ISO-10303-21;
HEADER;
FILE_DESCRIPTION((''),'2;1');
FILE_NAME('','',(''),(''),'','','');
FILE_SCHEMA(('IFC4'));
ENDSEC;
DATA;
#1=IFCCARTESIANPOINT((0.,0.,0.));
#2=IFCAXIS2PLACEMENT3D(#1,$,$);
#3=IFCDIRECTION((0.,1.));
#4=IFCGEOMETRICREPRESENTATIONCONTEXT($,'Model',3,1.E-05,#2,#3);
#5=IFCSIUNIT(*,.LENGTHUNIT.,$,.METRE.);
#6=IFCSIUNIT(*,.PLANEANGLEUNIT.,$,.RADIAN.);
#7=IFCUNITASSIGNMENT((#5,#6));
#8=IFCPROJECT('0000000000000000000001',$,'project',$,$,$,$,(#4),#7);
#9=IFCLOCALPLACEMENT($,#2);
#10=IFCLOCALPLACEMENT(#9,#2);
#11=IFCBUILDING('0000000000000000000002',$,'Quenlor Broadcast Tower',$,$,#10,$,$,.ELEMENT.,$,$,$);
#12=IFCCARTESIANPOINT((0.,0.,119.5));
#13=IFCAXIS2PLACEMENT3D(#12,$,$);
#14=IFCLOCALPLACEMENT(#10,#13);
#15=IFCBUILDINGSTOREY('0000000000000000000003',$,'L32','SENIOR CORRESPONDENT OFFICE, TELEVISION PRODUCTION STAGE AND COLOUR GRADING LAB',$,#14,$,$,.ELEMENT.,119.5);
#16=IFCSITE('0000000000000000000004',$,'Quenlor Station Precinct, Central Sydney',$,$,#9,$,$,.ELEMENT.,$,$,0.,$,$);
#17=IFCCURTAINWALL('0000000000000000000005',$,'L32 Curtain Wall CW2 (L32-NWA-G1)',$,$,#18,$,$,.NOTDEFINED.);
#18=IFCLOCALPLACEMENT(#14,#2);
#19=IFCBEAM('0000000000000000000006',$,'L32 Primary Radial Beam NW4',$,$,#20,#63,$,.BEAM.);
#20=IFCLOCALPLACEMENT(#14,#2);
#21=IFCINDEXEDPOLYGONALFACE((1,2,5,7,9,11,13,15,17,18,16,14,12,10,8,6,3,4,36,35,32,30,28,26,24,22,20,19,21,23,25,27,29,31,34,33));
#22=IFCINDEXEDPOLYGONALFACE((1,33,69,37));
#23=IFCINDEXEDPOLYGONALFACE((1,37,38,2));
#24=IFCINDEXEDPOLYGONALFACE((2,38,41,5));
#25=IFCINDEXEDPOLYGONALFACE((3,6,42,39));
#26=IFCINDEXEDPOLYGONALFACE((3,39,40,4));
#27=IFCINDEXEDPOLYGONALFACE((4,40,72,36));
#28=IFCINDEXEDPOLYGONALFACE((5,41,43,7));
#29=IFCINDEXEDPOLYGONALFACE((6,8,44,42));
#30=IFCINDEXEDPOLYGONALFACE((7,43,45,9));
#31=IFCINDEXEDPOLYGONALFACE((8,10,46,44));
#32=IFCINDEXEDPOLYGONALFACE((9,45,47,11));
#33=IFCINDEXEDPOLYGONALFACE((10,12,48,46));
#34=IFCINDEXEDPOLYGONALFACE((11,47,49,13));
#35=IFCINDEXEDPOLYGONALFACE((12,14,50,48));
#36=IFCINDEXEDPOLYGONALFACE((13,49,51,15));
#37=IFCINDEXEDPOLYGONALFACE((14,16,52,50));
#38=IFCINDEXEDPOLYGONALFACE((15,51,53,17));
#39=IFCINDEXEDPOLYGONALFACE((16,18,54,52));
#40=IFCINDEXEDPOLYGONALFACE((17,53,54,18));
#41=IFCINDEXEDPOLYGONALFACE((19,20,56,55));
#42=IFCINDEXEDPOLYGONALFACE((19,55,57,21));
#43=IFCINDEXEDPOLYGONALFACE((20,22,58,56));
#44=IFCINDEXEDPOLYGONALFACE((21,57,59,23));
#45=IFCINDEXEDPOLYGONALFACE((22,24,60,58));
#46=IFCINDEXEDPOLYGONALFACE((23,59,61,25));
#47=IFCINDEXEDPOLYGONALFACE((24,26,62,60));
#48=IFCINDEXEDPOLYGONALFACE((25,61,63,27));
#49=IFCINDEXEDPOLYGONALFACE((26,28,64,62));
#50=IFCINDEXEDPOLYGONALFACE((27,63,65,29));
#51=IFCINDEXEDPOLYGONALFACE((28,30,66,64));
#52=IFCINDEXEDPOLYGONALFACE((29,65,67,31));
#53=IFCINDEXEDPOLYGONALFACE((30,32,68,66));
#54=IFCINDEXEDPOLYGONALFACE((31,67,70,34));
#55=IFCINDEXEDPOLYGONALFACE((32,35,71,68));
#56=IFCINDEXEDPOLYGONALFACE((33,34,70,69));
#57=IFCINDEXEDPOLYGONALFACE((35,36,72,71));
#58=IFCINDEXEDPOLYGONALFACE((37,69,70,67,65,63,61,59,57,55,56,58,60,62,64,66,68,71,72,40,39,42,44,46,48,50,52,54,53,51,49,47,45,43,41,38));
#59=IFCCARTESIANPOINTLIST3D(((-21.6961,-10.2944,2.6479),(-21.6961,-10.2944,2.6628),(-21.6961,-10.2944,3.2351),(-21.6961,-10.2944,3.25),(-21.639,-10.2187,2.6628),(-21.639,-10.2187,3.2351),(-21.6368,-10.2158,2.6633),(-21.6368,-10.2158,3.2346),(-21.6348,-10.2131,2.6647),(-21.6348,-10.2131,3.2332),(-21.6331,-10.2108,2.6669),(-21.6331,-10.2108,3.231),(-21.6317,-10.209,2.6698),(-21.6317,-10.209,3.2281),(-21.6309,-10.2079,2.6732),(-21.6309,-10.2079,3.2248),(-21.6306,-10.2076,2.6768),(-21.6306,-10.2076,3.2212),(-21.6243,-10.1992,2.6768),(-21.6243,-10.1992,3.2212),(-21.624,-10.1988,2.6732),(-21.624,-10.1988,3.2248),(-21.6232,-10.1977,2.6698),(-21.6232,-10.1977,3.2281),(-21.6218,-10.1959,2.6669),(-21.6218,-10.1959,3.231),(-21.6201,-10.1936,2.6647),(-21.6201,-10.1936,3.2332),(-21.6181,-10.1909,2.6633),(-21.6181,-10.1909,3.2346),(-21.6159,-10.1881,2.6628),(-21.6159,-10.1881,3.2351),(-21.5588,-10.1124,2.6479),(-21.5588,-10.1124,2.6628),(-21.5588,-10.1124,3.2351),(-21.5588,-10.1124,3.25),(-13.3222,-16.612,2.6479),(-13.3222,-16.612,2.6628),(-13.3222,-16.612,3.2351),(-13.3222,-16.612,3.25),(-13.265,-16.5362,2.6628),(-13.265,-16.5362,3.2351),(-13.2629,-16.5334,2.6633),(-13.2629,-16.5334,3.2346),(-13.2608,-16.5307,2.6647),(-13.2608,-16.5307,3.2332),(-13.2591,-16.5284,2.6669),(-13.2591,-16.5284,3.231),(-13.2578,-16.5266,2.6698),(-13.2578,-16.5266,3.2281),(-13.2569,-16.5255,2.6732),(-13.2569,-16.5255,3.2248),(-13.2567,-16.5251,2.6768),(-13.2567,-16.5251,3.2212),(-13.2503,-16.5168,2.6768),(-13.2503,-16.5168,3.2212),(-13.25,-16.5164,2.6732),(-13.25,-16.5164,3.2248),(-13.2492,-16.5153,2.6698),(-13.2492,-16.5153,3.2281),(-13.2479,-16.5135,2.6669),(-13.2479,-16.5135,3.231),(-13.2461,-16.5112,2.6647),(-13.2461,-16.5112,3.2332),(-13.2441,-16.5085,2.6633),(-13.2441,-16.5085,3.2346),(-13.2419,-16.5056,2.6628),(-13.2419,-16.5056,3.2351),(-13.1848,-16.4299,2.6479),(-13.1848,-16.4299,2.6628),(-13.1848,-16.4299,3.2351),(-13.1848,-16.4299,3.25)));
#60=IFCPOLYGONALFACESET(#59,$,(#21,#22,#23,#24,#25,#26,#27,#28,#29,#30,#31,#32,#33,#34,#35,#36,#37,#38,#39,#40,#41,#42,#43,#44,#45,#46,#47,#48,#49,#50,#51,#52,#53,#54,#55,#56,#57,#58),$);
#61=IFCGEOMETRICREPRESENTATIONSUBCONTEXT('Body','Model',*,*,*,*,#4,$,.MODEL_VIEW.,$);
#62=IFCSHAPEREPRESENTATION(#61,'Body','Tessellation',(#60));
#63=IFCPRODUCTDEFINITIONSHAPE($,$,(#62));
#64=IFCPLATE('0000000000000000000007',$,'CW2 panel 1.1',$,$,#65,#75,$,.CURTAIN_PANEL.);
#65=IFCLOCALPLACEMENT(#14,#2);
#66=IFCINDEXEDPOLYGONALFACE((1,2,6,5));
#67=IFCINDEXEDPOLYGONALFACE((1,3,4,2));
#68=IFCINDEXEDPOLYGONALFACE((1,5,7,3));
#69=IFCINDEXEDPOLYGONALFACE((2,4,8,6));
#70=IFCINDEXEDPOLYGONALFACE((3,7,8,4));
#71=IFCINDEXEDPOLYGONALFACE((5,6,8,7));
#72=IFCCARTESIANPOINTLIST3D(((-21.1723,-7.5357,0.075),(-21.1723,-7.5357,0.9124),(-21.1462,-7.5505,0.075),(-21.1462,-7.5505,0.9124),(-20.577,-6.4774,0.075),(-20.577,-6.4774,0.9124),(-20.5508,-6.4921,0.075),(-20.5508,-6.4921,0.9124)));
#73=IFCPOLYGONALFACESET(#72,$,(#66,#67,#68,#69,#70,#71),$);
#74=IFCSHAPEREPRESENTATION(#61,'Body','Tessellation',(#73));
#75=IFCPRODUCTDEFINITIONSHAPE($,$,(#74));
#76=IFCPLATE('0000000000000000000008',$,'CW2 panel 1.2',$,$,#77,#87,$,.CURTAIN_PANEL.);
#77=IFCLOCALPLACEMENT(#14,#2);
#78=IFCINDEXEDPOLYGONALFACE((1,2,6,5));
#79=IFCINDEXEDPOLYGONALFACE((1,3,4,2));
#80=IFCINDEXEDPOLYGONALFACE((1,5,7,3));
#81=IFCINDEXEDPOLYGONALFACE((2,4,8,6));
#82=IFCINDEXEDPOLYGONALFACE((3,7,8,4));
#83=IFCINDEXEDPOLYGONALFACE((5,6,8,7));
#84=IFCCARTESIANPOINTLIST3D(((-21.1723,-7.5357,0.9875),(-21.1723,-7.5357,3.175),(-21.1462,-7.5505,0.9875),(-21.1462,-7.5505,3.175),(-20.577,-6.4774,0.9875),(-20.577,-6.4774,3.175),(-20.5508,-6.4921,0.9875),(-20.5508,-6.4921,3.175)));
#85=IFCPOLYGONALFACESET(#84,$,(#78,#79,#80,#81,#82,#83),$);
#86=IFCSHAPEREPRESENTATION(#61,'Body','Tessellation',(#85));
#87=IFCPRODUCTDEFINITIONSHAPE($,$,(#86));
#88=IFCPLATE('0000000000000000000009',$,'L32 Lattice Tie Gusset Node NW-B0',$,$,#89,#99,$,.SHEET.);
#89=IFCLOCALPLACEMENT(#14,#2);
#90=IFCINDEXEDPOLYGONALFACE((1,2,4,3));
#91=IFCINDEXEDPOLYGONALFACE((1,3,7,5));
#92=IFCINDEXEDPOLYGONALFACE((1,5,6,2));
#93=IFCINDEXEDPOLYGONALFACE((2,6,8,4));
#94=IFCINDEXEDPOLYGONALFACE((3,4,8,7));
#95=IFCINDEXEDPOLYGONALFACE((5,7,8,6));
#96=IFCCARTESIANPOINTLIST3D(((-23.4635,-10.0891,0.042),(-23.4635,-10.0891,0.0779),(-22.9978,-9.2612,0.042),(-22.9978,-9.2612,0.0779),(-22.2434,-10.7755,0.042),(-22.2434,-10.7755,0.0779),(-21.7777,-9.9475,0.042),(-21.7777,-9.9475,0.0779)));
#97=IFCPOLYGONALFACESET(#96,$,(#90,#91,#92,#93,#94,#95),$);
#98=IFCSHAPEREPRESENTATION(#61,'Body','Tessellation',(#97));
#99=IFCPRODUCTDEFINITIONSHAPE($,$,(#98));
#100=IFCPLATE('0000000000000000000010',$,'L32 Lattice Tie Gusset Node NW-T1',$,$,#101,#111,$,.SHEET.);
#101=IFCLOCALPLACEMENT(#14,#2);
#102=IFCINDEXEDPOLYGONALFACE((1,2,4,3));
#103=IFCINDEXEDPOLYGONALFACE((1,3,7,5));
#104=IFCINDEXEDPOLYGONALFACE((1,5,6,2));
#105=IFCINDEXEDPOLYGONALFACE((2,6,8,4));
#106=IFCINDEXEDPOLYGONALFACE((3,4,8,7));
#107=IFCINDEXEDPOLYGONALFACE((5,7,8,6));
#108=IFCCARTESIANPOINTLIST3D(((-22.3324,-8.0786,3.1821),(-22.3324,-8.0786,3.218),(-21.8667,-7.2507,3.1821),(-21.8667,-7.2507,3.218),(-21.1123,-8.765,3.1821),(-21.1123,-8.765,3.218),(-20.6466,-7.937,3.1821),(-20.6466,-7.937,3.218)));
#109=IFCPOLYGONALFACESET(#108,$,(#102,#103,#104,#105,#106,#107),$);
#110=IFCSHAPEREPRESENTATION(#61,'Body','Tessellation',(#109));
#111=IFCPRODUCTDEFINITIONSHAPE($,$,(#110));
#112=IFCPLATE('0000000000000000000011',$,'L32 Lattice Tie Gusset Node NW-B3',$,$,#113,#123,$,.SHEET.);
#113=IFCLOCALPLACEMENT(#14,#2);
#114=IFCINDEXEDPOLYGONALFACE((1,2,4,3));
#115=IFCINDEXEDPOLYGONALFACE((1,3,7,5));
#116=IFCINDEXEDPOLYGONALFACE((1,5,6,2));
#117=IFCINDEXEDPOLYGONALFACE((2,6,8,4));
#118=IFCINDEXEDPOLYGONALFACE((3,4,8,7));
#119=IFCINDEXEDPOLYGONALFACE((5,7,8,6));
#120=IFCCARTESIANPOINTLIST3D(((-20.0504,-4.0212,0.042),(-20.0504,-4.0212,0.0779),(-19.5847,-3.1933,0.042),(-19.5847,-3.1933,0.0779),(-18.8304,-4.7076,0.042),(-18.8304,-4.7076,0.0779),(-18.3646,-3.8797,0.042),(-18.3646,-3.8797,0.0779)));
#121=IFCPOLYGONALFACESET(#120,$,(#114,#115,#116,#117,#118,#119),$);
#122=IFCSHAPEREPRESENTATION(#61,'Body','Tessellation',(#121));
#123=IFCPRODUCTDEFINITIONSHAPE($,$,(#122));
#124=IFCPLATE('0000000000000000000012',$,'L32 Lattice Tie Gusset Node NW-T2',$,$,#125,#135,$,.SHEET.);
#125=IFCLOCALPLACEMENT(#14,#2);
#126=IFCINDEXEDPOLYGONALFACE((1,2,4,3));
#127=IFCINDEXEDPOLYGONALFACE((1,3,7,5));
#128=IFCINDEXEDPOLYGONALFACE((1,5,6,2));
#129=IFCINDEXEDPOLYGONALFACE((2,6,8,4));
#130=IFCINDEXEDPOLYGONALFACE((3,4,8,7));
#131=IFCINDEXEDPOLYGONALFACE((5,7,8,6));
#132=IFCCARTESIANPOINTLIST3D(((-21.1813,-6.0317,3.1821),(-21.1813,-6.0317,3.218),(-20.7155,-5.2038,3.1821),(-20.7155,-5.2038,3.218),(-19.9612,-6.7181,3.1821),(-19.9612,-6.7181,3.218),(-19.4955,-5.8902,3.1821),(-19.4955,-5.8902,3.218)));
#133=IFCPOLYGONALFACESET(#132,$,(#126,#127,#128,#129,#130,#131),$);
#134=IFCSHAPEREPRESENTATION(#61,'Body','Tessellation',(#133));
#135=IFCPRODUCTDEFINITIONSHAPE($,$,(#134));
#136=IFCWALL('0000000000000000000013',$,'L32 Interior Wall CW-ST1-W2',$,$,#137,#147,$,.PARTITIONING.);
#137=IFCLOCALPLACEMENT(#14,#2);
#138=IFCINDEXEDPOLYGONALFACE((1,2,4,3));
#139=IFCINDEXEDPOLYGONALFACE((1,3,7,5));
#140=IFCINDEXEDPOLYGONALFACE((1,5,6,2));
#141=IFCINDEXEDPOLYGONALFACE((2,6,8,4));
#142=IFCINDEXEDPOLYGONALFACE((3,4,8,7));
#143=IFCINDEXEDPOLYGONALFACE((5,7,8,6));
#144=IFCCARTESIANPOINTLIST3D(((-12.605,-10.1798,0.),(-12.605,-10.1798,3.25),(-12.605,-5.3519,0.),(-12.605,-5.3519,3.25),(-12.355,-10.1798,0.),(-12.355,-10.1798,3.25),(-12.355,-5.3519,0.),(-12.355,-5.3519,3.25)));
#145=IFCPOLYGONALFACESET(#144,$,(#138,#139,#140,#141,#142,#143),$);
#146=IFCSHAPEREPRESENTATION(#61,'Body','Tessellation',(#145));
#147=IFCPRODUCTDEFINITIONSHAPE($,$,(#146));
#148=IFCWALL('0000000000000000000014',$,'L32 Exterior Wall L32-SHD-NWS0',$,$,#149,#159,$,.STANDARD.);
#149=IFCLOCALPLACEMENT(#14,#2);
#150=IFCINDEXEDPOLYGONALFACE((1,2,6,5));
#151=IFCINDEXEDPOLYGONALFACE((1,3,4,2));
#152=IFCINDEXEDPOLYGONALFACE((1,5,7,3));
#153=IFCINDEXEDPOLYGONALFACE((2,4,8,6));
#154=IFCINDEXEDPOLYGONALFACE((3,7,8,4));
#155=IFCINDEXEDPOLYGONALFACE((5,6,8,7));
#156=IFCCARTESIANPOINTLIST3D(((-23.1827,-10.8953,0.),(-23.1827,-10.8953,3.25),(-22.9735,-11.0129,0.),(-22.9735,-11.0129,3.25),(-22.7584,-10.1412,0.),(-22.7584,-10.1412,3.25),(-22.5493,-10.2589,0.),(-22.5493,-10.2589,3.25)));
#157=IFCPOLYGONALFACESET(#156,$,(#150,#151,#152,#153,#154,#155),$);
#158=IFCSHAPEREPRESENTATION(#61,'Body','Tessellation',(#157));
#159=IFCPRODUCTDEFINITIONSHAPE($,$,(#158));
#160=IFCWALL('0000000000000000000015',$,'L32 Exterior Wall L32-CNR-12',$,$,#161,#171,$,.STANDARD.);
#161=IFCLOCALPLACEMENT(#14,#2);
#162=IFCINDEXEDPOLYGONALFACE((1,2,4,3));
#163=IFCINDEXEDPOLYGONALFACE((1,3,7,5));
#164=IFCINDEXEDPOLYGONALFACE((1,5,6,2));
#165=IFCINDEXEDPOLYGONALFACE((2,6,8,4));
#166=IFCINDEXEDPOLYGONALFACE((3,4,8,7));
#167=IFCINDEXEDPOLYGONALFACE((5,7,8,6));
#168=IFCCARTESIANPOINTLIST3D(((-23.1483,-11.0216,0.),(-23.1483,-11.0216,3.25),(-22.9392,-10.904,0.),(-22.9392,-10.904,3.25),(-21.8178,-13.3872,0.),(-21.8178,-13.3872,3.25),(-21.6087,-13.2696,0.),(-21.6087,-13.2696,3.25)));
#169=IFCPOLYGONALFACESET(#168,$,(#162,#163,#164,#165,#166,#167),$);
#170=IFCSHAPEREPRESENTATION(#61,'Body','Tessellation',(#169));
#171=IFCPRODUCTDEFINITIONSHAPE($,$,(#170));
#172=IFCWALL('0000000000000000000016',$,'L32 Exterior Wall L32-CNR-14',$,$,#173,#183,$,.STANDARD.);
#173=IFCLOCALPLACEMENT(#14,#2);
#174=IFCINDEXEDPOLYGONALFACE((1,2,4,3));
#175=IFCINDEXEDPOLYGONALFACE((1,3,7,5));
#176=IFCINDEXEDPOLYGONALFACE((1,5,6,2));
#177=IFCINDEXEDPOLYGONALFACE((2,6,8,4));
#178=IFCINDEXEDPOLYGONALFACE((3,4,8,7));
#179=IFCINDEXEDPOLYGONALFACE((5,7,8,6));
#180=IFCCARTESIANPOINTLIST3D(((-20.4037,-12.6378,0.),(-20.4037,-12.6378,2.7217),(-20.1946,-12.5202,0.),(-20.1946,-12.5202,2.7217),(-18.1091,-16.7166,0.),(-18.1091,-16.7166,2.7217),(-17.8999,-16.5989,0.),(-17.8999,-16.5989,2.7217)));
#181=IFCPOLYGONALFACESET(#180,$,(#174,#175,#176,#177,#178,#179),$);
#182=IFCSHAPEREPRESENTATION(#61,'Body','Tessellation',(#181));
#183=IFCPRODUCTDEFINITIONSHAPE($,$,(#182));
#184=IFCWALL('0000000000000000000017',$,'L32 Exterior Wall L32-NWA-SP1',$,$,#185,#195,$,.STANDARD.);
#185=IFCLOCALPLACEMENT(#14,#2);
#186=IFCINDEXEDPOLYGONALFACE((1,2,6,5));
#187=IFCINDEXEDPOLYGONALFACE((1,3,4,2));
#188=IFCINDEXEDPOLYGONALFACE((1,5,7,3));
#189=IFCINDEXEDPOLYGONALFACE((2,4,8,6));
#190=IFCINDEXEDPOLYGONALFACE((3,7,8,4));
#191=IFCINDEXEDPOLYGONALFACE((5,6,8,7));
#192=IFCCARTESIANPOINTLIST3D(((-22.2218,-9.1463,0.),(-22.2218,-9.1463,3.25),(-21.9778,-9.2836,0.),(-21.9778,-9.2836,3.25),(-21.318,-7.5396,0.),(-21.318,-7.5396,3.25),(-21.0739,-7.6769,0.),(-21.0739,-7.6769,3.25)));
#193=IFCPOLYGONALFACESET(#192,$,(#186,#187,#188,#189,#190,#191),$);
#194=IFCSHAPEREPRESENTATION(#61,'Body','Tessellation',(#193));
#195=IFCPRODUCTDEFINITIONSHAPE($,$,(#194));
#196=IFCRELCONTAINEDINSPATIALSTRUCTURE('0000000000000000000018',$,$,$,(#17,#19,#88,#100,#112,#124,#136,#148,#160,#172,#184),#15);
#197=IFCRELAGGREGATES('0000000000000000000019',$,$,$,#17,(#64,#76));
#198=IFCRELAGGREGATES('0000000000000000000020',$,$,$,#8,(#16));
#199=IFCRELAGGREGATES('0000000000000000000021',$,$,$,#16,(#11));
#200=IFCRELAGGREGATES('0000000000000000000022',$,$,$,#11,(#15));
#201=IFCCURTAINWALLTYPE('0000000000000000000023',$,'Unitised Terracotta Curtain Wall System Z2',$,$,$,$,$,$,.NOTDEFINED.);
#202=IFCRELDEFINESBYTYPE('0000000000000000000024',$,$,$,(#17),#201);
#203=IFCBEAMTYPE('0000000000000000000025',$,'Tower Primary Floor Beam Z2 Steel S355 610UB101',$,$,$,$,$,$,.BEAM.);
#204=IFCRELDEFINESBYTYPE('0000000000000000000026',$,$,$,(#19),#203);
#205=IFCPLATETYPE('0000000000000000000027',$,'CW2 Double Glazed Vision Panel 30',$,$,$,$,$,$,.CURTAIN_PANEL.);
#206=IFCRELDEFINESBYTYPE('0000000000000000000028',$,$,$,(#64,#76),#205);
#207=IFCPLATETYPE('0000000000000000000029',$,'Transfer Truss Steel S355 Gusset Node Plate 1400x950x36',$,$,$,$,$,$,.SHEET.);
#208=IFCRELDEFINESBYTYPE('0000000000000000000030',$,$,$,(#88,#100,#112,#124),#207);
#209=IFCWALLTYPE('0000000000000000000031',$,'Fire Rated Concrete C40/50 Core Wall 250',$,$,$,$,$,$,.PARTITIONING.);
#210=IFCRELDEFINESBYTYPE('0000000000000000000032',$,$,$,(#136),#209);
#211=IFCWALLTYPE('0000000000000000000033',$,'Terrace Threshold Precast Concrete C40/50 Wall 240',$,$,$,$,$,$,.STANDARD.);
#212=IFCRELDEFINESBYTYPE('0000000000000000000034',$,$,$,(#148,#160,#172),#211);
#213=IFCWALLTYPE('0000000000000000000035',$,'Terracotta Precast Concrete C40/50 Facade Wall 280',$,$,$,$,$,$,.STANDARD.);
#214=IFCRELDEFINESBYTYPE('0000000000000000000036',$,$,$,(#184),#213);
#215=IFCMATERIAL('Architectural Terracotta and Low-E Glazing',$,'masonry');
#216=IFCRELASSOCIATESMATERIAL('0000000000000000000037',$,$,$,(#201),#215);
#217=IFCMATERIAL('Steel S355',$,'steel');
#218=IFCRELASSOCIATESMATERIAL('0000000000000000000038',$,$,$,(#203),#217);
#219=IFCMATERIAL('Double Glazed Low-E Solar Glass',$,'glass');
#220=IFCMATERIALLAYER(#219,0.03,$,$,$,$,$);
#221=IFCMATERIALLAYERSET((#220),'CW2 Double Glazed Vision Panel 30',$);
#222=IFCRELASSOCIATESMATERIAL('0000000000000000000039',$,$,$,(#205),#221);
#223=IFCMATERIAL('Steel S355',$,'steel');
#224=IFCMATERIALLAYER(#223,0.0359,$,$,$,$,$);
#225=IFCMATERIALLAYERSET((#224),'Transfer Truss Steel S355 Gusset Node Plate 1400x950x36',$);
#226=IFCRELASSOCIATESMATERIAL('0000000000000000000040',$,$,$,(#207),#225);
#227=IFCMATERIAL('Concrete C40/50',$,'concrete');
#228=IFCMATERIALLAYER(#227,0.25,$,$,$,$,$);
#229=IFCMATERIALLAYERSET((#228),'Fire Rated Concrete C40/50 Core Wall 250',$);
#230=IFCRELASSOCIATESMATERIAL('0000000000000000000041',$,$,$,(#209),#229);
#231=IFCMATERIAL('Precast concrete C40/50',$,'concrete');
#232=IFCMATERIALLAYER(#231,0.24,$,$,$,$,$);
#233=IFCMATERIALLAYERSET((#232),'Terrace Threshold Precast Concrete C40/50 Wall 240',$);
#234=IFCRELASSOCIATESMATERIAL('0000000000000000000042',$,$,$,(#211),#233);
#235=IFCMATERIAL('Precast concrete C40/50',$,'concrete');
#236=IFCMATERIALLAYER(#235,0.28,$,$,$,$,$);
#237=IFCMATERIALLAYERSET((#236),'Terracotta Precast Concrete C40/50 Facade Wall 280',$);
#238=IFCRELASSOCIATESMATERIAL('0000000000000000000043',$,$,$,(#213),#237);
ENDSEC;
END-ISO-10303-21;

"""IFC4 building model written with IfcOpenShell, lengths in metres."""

from ifc_helpers import new_model, si_unit, direction, frame, frame_2d, origin, origin_2d, place, context, subcontext, project, spatial, rectangle, i_section, extrude, material, layer, layer_set, material_profile, profile_set, type_object, element, aggregate, save


model = new_model("IFC4")

# Units and contexts
model_context = context("Model", 3, precision=1e-05, world=origin(), true_north=direction((0.0, 1.0)))
body_context = subcontext(model_context, "Body", "Model", "MODEL_VIEW")
ifc_project = project(units=[si_unit("LENGTHUNIT", "METRE"), si_unit("PLANEANGLEUNIT", "RADIAN")], contexts=[model_context])

# Site, building, storey
site_placement = place(None, origin())
site = spatial("IfcSite", under=ifc_project, at=site_placement, Name="Quenlor Station Precinct, Central Sydney", CompositionType="ELEMENT", RefElevation=0.0)
building_placement = place(site_placement, origin())
building = spatial("IfcBuilding", under=site, at=building_placement, Name="Quenlor Broadcast Tower", CompositionType="ELEMENT")
storey_placement = place(building_placement, frame((0.0, 0.0, 119.5)))
storey = spatial("IfcBuildingStorey", under=building, at=storey_placement, Name="L32", Description="SENIOR CORRESPONDENT OFFICE, TELEVISION PRODUCTION STAGE AND COLOUR GRADING LAB", CompositionType="ELEMENT", Elevation=119.5)

# Curtain wall
ifc_material_1 = material(Name="Architectural Terracotta and Low-E Glazing", Category="masonry")
curtain_wall_type = type_object("IfcCurtainWallType", Name="Unitised Terracotta Curtain Wall System Z2", PredefinedType="NOTDEFINED", material=ifc_material_1)
curtain_wall_placement = place(storey_placement, origin())
curtain_wall = element("IfcCurtainWall", 1, at=curtain_wall_placement, inside=storey, type_object=curtain_wall_type, Name="L32 Curtain Wall CW2 (L32-NWA-G1)", PredefinedType="NOTDEFINED")

# Beam
ifc_material_2 = material(Name="Steel S355", Category="steel")
ifc_material_profile_1 = material_profile(ifc_material_2, i_section(OverallWidth=0.228, OverallDepth=0.6021, WebThickness=0.0105, FlangeThickness=0.0149, FilletRadius=0.0139, at=origin_2d()))
ifc_profile_set_1 = profile_set([ifc_material_profile_1], Name="Steel S355 610UB101")
beam_type_1 = type_object("IfcBeamType", Name="Tower Primary Floor Beam Z2 Steel S355 610UB101", PredefinedType="BEAM", material=ifc_profile_set_1)
beam_1_placement = place(storey_placement, frame((-21.6274, -10.2034, 2.949), z_axis=(0.798299, -0.602262, 0.0), x_axis=(0.602262, 0.798299, 0.0)))
element("IfcBeam", 2, at=beam_1_placement, inside=storey, type_object=beam_type_1, Name="L32 Primary Radial Beam NW4", PredefinedType="BEAM", context=body_context, shape_type="SweptSolid", body=[
    extrude(i_section(OverallWidth=0.228, OverallDepth=0.6021, WebThickness=0.0105, FlangeThickness=0.0149, FilletRadius=0.0139, at=origin_2d()), origin(), (0.0, 0.0, 1.0), 10.4897),
])

# Plates
ifc_material_3 = material(Name="Double Glazed Low-E Solar Glass", Category="glass")
ifc_layer_1 = layer(ifc_material_3, 0.03)
ifc_layer_set_1 = layer_set([ifc_layer_1], Name="CW2 Double Glazed Vision Panel 30")
plate_type_1 = type_object("IfcPlateType", Name="CW2 Double Glazed Vision Panel 30", PredefinedType="CURTAIN_PANEL", material=ifc_layer_set_1)
plate_1_placement = place(storey_placement, frame((-20.8616, -7.0139, 0.075), z_axis=(0.0, 0.0, 1.0), x_axis=(0.490279, 0.871566, 0.0)))
plate_1 = element("IfcPlate", 3, at=plate_1_placement, type_object=plate_type_1, Name="CW2 panel 1.1", PredefinedType="CURTAIN_PANEL", context=body_context, shape_type="SweptSolid", body=[
    extrude(rectangle(XDim=1.2144, YDim=0.03, at=origin_2d()), origin(), (0.0, 0.0, 1.0), 0.8374),
])
plate_2_placement = place(storey_placement, frame((-20.8616, -7.0139, 0.9875), z_axis=(0.0, 0.0, 1.0), x_axis=(0.490279, 0.871566, 0.0)))
plate_2 = element("IfcPlate", 4, at=plate_2_placement, type_object=plate_type_1, Name="CW2 panel 1.2", PredefinedType="CURTAIN_PANEL", context=body_context, shape_type="SweptSolid", body=[
    extrude(rectangle(XDim=1.2144, YDim=0.03, at=origin_2d()), origin(), (0.0, 0.0, 1.0), 2.1875),
])
aggregate(curtain_wall, [plate_1, plate_2])

# Plates
ifc_material_4 = material(Name="Steel S355", Category="steel")
ifc_layer_2 = layer(ifc_material_4, 0.0359)
ifc_layer_set_2 = layer_set([ifc_layer_2], Name="Transfer Truss Steel S355 Gusset Node Plate 1400x950x36")
plate_type_2 = type_object("IfcPlateType", Name="Transfer Truss Steel S355 Gusset Node Plate 1400x950x36", PredefinedType="SHEET", material=ifc_layer_set_2)
for number, where, z_axis, x_axis, name in (
    (5, (-22.6206, -10.0183, 0.042), (0.0, 0.0, 1.0), (-0.871556, 0.490295, 0.0), "L32 Lattice Tie Gusset Node NW-B0"),
    (6, (-21.4895, -8.0078, 3.1821), (0.0, 0.0, 1.0), (-0.871556, 0.490295, 0.0), "L32 Lattice Tie Gusset Node NW-T1"),
    (7, (-19.2075, -3.9504, 0.042), (0.0, 0.0, 1.0), (-0.871556, 0.490295, 0.0), "L32 Lattice Tie Gusset Node NW-B3"),
    (8, (-20.3384, -5.9609, 3.1821), (0.0, 0.0, 1.0), (-0.871556, 0.490295, 0.0), "L32 Lattice Tie Gusset Node NW-T2"),
):
    element("IfcPlate", number, at=place(storey_placement, frame(where, z_axis=z_axis, x_axis=x_axis)), inside=storey, type_object=plate_type_2, Name=name, PredefinedType="SHEET", context=body_context, shape_type="SweptSolid", body=[
        extrude(rectangle(XDim=1.3999, YDim=0.95, at=origin_2d()), origin(), (0.0, 0.0, 1.0), 0.0359),
    ])

# Walls
ifc_material_5 = material(Name="Concrete C40/50", Category="concrete")
ifc_layer_3 = layer(ifc_material_5, 0.25)
ifc_layer_set_3 = layer_set([ifc_layer_3], Name="Fire Rated Concrete C40/50 Core Wall 250")
wall_type_1 = type_object("IfcWallType", Name="Fire Rated Concrete C40/50 Core Wall 250", PredefinedType="PARTITIONING", material=ifc_layer_set_3)
wall_1_placement = place(storey_placement, frame((-12.48, -10.1799, 0.0), z_axis=(0.0, 0.0, 1.0), x_axis=(0.0, 1.0, 0.0)))
element("IfcWall", 9, at=wall_1_placement, inside=storey, type_object=wall_type_1, Name="L32 Interior Wall CW-ST1-W2", PredefinedType="PARTITIONING", context=body_context, shape_type="SweptSolid", body=[
    extrude(rectangle(XDim=4.8279, YDim=0.25, at=frame_2d((2.4141, 0.0))), origin(), (0.0, 0.0, 1.0), 3.25),
])
ifc_material_6 = material(Name="Precast concrete C40/50", Category="concrete")
ifc_layer_4 = layer(ifc_material_6, 0.24)
ifc_layer_set_4 = layer_set([ifc_layer_4], Name="Terrace Threshold Precast Concrete C40/50 Wall 240")
wall_type_2 = type_object("IfcWallType", Name="Terrace Threshold Precast Concrete C40/50 Wall 240", PredefinedType="STANDARD", material=ifc_layer_set_4)
wall_2_placement = place(storey_placement, frame((-23.0781, -10.9541, 0.0), z_axis=(0.0, 0.0, 1.0), x_axis=(0.490355, 0.871523, 0.0)))
element("IfcWall", 10, at=wall_2_placement, inside=storey, type_object=wall_type_2, Name="L32 Exterior Wall L32-SHD-NWS0", PredefinedType="STANDARD", context=body_context, shape_type="SweptSolid", body=[
    extrude(rectangle(XDim=0.8652, YDim=0.24, at=frame_2d((0.4326, 0.0))), origin(), (0.0, 0.0, 1.0), 3.25),
])
wall_3_placement = place(storey_placement, frame((-23.0437, -10.9629, 0.0), z_axis=(0.0, 0.0, 1.0), x_axis=(0.490219, -0.8716, 0.0)))
element("IfcWall", 11, at=wall_3_placement, inside=storey, type_object=wall_type_2, Name="L32 Exterior Wall L32-CNR-12", PredefinedType="STANDARD", context=body_context, shape_type="SweptSolid", body=[
    extrude(rectangle(XDim=2.7141, YDim=0.24, at=frame_2d((1.3569, 0.0))), origin(), (0.0, 0.0, 1.0), 3.25),
])
wall_4_placement = place(storey_placement, frame((-20.2991, -12.5791, 0.0), z_axis=(0.0, 0.0, 1.0), x_axis=(0.490313, -0.871546, 0.0)))
element("IfcWall", 12, at=wall_4_placement, inside=storey, type_object=wall_type_2, Name="L32 Exterior Wall L32-CNR-14", PredefinedType="STANDARD", context=body_context, shape_type="SweptSolid", body=[
    extrude(rectangle(XDim=4.6799, YDim=0.24, at=frame_2d((2.3398, 0.0))), origin(), (0.0, 0.0, 1.0), 2.7217),
])
ifc_material_7 = material(Name="Precast concrete C40/50", Category="concrete")
ifc_layer_5 = layer(ifc_material_7, 0.28)
ifc_layer_set_5 = layer_set([ifc_layer_5], Name="Terracotta Precast Concrete C40/50 Facade Wall 280")
wall_type_3 = type_object("IfcWallType", Name="Terracotta Precast Concrete C40/50 Facade Wall 280", PredefinedType="STANDARD", material=ifc_layer_set_5)
wall_5_placement = place(storey_placement, frame((-22.0999, -9.2151, 0.0), z_axis=(0.0, 0.0, 1.0), x_axis=(0.49028, 0.871565, 0.0)))
element("IfcWall", 13, at=wall_5_placement, inside=storey, type_object=wall_type_3, Name="L32 Exterior Wall L32-NWA-SP1", PredefinedType="STANDARD", context=body_context, shape_type="SweptSolid", body=[
    extrude(rectangle(XDim=1.8435, YDim=0.28, at=frame_2d((0.9219, 0.0))), origin(), (0.0, 0.0, 1.0), 3.25),
])

save(model, "model.ifc")
